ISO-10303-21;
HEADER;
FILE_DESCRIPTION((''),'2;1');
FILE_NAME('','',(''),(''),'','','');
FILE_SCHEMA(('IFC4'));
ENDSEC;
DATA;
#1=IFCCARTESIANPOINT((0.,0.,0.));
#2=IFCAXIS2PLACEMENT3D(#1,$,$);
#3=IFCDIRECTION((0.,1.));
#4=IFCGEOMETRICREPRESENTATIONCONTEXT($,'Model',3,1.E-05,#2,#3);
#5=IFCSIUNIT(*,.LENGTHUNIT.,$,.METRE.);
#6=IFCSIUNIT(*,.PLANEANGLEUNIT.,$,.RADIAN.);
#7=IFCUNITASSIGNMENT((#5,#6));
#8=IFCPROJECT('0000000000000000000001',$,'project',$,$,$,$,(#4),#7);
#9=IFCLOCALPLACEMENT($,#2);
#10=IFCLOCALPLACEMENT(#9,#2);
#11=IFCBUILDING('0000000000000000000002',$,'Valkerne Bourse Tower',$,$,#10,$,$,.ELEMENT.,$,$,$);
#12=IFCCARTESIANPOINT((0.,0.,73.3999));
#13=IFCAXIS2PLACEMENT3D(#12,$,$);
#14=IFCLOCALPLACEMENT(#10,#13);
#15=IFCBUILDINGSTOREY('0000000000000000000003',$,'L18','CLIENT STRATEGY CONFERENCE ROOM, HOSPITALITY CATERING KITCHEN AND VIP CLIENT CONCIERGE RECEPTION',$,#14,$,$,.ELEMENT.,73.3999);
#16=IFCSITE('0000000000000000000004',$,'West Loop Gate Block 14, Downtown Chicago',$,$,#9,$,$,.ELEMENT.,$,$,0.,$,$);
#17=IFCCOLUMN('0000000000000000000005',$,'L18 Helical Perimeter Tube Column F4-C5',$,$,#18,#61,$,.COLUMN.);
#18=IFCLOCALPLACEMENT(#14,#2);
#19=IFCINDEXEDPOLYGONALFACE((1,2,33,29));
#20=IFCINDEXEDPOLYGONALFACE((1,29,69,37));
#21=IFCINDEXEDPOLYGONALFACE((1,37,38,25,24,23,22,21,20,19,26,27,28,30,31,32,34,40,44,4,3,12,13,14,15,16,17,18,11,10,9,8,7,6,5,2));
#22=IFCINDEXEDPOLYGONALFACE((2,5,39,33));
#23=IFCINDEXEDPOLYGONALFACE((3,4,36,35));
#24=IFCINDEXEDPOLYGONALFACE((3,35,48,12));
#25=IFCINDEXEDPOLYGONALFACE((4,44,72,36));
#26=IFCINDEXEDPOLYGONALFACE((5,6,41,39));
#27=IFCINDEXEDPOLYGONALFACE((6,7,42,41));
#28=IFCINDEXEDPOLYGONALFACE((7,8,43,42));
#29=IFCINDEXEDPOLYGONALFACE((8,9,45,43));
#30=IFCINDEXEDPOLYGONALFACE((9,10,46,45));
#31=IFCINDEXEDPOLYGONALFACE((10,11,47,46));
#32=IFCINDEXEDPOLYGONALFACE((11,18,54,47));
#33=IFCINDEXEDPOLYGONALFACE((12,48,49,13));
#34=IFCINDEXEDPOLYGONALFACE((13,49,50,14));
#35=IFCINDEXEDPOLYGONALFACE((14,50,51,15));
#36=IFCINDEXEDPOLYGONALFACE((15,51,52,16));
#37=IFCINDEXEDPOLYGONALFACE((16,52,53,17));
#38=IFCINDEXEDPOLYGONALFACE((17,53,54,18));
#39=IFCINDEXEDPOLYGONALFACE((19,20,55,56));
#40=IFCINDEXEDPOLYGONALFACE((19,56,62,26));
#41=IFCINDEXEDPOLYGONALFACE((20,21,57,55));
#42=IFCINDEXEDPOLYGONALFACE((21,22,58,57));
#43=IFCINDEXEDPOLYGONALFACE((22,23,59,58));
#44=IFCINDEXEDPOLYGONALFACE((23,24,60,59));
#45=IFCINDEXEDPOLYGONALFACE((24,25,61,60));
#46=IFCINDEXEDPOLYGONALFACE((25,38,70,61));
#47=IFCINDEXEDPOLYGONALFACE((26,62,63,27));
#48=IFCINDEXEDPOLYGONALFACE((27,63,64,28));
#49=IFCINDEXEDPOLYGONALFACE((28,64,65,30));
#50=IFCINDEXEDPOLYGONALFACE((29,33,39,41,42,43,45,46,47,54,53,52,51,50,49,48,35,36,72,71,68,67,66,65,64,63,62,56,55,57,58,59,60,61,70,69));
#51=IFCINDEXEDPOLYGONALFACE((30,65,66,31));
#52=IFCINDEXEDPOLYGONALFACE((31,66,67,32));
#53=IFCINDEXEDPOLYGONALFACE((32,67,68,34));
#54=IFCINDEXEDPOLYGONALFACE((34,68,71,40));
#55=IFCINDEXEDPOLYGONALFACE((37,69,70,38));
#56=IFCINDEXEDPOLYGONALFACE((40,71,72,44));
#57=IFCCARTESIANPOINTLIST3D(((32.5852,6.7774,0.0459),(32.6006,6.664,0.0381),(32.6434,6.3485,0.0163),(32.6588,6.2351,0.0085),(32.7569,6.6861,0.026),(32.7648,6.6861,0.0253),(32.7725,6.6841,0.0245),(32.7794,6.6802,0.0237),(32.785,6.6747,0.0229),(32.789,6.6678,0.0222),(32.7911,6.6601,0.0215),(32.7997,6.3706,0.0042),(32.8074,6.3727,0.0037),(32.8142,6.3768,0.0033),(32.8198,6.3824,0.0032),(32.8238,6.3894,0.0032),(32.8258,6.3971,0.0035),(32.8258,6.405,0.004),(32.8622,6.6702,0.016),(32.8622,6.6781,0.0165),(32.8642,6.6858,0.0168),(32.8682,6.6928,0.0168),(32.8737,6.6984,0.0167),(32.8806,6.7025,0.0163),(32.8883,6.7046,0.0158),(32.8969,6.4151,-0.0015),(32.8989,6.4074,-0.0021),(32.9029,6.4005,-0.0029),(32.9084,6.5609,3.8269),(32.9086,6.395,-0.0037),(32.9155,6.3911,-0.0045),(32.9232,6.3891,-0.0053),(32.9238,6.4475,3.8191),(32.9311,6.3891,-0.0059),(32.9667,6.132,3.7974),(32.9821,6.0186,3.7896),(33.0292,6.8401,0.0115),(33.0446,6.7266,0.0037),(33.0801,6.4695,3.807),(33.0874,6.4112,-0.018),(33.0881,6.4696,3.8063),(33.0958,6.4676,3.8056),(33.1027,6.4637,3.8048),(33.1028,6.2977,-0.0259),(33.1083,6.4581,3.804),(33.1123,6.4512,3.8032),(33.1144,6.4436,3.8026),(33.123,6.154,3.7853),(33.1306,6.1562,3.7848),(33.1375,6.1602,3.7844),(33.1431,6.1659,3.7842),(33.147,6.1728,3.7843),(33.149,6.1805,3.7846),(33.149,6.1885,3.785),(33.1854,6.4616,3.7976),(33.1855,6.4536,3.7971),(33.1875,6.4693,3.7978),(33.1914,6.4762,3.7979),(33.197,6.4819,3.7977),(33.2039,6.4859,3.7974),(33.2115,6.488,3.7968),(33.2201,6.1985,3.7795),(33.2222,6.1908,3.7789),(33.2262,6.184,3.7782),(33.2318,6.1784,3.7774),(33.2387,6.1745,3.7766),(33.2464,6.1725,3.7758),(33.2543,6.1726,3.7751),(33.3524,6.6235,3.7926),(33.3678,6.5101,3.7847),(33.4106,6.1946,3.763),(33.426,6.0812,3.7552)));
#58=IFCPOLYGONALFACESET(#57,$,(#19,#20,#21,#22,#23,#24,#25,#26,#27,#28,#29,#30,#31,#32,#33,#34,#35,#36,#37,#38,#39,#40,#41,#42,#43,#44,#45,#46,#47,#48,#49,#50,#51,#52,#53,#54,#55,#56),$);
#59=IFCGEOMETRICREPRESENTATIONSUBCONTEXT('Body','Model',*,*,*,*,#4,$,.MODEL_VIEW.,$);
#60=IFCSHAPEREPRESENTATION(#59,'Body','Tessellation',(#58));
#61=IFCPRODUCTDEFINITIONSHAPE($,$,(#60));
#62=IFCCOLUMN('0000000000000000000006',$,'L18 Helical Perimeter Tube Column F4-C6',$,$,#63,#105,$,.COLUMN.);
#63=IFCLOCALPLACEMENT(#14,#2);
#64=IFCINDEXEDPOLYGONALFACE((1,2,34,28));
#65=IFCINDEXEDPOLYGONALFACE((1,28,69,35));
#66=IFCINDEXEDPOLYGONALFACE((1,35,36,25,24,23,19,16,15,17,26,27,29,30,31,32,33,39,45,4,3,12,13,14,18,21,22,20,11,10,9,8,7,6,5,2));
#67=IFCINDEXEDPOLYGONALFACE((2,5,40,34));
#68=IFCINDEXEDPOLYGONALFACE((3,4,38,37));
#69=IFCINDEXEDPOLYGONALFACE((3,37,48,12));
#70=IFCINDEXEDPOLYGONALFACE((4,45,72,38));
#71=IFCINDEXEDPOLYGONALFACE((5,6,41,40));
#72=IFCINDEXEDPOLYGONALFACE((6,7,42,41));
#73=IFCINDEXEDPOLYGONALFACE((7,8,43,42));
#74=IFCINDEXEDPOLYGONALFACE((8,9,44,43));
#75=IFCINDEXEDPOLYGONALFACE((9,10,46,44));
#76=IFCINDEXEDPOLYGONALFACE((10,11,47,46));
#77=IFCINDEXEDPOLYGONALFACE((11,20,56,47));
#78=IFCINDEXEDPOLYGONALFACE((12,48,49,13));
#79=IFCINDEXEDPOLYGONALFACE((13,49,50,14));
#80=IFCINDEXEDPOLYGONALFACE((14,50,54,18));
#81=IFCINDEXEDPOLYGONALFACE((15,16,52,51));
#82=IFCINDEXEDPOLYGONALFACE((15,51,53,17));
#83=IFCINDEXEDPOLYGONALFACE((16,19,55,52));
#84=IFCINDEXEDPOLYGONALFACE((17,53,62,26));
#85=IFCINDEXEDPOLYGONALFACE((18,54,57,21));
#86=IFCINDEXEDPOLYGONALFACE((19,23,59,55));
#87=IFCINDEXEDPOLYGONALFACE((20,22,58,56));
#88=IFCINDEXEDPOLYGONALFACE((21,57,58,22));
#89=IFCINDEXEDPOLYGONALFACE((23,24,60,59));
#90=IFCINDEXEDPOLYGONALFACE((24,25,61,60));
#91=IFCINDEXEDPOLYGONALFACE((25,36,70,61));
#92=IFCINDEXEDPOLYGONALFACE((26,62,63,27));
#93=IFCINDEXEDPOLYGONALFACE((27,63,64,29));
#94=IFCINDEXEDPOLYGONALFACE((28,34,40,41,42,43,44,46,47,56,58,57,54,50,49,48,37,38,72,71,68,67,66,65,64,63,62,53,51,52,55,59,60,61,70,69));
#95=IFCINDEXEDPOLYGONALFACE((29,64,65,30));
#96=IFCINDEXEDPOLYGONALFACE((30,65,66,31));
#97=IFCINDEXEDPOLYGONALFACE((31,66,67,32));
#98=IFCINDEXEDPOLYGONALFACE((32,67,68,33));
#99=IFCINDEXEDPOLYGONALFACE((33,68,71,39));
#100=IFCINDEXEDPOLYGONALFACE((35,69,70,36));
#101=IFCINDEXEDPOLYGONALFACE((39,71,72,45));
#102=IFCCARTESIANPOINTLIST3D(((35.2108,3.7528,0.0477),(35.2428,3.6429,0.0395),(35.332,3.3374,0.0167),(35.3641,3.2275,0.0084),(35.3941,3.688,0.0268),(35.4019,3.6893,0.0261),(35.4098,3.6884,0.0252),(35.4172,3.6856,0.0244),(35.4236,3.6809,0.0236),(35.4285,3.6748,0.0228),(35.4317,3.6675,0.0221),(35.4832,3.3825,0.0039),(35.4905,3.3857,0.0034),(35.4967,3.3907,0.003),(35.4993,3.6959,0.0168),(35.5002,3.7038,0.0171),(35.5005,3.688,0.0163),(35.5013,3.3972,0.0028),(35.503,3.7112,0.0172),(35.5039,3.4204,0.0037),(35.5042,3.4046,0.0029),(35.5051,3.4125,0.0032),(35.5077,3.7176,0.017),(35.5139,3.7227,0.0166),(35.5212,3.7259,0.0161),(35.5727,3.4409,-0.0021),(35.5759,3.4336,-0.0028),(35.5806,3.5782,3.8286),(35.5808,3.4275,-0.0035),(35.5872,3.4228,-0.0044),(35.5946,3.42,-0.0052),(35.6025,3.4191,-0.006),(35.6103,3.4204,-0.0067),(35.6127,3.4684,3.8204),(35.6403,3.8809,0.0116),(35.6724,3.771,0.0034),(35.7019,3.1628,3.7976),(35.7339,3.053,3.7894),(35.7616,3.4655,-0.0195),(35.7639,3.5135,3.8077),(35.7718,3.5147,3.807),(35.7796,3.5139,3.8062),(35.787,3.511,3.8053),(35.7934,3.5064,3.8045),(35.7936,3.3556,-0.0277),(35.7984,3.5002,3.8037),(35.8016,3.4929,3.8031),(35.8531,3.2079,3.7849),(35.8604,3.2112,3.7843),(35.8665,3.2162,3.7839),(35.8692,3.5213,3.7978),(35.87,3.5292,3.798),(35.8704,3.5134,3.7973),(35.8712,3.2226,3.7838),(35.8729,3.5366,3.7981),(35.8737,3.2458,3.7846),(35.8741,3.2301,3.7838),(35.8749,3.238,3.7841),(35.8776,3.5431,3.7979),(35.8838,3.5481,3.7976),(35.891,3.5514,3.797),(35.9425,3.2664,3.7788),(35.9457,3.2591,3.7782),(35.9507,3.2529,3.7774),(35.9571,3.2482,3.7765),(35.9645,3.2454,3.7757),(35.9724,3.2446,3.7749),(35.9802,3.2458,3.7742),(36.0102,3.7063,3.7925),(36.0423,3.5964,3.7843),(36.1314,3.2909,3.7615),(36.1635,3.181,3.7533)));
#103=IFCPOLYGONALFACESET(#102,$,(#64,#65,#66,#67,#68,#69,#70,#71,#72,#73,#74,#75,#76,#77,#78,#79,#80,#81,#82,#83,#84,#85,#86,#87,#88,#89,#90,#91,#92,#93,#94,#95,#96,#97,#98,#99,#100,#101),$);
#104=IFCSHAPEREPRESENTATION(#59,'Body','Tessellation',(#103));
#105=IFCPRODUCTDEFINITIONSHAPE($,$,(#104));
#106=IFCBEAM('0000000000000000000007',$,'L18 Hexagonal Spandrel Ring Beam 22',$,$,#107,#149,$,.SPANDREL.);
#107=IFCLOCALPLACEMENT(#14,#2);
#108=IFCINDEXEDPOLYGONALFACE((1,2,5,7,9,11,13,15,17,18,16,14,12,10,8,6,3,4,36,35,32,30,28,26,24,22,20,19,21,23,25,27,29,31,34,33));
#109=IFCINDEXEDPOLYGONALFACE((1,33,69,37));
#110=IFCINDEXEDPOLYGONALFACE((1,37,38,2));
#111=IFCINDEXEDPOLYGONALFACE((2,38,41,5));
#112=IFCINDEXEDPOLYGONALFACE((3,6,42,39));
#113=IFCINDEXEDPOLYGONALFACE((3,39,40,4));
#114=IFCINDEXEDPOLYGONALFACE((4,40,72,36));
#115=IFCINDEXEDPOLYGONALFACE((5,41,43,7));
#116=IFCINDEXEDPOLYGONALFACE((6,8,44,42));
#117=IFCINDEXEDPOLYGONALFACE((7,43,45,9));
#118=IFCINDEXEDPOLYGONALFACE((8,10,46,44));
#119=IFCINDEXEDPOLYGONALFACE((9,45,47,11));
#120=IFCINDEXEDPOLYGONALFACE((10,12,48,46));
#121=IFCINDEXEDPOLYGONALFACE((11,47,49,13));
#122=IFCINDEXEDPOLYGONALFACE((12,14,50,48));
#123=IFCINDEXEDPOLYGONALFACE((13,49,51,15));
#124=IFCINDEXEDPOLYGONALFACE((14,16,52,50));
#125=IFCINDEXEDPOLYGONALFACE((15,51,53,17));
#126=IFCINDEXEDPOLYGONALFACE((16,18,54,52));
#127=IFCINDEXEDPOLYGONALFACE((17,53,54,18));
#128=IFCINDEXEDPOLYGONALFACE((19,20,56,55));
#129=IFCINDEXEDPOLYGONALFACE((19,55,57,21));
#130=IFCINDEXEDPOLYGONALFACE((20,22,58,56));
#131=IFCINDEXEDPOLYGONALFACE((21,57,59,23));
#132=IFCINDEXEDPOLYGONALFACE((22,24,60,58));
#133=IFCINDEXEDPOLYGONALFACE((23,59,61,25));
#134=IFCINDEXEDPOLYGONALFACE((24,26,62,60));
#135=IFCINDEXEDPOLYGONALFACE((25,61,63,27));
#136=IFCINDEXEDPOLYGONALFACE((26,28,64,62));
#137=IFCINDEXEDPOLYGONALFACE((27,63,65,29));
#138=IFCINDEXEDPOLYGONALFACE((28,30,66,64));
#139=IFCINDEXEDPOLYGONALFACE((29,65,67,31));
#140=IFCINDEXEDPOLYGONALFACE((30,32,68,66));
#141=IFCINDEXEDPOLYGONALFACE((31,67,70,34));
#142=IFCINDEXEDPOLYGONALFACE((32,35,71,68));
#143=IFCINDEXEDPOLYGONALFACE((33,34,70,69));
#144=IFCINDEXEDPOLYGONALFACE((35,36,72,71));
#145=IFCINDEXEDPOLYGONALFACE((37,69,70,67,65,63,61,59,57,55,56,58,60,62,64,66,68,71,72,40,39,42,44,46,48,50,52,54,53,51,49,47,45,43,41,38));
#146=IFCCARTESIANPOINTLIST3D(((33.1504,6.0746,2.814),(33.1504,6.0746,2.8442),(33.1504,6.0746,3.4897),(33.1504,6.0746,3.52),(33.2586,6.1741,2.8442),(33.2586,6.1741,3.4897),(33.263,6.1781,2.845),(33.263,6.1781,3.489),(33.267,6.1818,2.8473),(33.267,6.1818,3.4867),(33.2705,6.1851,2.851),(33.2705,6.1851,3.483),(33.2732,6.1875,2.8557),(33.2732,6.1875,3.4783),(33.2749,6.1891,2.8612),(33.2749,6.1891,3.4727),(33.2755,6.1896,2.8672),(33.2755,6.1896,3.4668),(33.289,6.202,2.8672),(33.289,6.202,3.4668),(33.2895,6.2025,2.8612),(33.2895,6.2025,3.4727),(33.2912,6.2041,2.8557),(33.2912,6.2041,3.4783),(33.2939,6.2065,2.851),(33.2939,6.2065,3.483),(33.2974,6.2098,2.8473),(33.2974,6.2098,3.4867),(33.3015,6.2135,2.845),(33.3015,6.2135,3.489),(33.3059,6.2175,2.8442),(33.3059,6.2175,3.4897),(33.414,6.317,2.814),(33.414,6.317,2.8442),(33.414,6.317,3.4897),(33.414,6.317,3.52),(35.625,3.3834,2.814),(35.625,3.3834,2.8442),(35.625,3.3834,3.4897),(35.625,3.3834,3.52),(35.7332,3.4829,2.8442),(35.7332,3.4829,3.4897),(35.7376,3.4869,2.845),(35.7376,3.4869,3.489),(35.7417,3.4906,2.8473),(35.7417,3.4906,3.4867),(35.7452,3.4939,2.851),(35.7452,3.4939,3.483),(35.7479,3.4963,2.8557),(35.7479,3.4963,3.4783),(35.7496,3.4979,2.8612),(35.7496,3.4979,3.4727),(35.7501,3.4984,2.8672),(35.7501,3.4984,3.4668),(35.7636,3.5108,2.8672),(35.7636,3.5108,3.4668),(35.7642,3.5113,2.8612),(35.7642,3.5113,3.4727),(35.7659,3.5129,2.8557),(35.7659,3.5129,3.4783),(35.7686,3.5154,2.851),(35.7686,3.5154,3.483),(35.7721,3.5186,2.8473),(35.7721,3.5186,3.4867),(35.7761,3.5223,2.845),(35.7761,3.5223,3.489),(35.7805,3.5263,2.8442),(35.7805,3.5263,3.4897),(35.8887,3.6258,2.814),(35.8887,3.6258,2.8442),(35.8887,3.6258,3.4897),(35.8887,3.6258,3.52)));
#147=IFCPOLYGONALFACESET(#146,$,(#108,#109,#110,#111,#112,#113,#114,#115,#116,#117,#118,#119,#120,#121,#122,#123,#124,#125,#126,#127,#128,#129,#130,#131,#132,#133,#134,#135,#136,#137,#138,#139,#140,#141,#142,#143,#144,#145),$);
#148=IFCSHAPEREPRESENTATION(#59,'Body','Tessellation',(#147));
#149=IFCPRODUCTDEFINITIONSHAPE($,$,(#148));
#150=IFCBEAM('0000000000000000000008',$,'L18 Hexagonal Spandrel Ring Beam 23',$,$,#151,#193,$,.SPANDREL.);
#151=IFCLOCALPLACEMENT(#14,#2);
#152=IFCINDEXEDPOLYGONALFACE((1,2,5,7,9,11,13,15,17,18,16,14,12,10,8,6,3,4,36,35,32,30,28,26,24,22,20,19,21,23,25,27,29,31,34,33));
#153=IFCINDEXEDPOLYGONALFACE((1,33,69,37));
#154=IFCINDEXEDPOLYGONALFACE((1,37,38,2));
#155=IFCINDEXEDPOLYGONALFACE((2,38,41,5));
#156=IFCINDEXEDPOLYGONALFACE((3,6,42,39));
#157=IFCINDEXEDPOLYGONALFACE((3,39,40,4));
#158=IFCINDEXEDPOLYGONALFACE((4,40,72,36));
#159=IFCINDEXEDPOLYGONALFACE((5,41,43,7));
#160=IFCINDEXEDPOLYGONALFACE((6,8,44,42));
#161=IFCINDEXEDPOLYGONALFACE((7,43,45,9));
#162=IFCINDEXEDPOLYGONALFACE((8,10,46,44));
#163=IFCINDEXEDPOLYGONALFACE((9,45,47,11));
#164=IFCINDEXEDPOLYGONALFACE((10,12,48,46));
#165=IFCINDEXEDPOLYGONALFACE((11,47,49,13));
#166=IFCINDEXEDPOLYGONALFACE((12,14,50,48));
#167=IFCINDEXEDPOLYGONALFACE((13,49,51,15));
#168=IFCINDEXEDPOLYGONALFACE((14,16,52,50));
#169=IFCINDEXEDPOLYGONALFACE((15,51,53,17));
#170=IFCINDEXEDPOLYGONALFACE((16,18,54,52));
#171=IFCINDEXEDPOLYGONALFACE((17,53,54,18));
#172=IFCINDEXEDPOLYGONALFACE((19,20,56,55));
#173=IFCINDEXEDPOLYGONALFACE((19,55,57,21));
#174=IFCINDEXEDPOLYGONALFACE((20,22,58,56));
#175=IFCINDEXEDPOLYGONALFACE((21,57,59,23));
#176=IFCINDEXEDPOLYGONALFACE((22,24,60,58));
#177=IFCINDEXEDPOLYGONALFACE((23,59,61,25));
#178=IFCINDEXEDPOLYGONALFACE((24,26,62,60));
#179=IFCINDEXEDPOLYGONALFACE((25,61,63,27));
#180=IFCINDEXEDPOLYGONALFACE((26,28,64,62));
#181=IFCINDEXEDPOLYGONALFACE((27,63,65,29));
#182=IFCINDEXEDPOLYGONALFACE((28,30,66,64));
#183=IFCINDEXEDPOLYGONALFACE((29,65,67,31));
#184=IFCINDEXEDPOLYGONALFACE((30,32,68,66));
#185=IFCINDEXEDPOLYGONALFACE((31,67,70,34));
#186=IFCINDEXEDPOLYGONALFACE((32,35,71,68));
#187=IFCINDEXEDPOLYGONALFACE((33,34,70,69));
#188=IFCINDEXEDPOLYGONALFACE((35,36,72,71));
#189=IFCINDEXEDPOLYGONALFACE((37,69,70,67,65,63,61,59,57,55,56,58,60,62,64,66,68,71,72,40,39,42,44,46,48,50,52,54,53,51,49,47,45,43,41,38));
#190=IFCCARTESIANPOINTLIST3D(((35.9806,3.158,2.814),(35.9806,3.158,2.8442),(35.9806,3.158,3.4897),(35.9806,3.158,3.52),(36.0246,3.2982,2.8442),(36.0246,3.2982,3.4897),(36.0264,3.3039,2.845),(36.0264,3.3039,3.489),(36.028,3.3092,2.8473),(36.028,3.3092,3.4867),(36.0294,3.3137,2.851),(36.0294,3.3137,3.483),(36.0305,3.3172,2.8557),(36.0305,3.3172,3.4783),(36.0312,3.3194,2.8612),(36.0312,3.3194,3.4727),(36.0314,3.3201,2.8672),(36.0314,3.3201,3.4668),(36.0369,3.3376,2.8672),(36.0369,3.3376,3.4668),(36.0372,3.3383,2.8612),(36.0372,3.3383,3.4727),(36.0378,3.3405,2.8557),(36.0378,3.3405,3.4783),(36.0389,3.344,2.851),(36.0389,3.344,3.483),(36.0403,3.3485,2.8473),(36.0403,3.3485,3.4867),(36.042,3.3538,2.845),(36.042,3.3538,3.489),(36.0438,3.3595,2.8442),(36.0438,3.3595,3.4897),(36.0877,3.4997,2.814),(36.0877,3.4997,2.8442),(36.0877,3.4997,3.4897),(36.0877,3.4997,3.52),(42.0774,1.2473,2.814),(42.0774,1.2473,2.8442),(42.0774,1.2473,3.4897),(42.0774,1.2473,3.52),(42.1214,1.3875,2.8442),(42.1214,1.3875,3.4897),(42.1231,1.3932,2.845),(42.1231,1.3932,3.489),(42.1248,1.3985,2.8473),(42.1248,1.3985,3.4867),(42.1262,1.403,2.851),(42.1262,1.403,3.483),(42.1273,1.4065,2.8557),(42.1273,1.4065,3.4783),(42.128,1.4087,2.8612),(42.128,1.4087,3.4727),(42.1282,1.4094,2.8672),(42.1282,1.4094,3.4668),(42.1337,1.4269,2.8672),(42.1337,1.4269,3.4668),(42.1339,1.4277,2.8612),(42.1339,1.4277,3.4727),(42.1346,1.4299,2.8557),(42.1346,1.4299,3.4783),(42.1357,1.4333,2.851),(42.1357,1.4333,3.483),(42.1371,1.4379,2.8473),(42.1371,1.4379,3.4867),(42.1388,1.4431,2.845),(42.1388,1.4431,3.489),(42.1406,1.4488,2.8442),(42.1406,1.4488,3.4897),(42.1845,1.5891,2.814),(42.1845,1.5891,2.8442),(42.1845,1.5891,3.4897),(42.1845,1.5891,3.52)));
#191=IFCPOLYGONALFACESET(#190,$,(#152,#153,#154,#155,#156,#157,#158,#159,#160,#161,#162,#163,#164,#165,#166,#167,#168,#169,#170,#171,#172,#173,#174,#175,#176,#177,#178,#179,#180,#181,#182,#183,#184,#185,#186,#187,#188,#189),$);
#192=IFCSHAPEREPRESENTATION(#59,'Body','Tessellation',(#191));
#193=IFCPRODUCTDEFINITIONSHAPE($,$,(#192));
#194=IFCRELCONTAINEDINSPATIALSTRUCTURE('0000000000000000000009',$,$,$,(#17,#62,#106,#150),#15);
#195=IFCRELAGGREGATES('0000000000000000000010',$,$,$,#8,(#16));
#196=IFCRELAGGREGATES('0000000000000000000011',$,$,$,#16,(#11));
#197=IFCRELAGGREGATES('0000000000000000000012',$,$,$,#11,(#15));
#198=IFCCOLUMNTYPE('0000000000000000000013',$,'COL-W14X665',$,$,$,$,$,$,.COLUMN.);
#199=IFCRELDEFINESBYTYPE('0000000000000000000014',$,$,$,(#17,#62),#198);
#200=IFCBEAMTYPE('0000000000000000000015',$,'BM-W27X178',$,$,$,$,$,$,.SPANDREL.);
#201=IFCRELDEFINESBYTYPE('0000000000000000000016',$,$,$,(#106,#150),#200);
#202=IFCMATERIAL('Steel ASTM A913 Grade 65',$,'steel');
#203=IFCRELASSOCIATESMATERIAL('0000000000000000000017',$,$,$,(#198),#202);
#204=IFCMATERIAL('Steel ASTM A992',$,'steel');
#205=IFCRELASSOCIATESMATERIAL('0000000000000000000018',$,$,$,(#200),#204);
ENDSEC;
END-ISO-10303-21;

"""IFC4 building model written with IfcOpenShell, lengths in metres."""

from ifc_helpers import new_model, si_unit, direction, frame, origin, origin_2d, place, context, subcontext, project, spatial, i_section, extrude, material, material_profile, profile_set, type_object, element, save


model = new_model("IFC4")

# Units and contexts
model_context = context("Model", 3, precision=1e-05, world=origin(), true_north=direction((0.0, 1.0)))
body_context = subcontext(model_context, "Body", "Model", "MODEL_VIEW")
ifc_project = project(units=[si_unit("LENGTHUNIT", "METRE"), si_unit("PLANEANGLEUNIT", "RADIAN")], contexts=[model_context])

# Site, building, storey
site_placement = place(None, origin())
site = spatial("IfcSite", under=ifc_project, at=site_placement, Name="West Loop Gate Block 14, Downtown Chicago", CompositionType="ELEMENT", RefElevation=0.0)
building_placement = place(site_placement, origin())
building = spatial("IfcBuilding", under=site, at=building_placement, Name="Valkerne Bourse Tower", CompositionType="ELEMENT")
storey_placement = place(building_placement, frame((0.0, 0.0, 73.3999)))
storey = spatial("IfcBuildingStorey", under=building, at=storey_placement, Name="L18", Description="CLIENT STRATEGY CONFERENCE ROOM, HOSPITALITY CATERING KITCHEN AND VIP CLIENT CONCIERGE RECEPTION", CompositionType="ELEMENT", Elevation=73.3999)

# Columns
ifc_material_1 = material(Name="Steel ASTM A913 Grade 65", Category="steel")
ifc_material_profile_1 = material_profile(ifc_material_1, i_section(OverallWidth=0.4497, OverallDepth=0.5486, WebThickness=0.072, FlangeThickness=0.1147, FilletRadius=0.0305, at=origin_2d()), Name="W14X665")
ifc_profile_set_1 = profile_set([ifc_material_profile_1], Name="Steel ASTM A913 Grade 65")
column_type = type_object("IfcColumnType", Name="COL-W14X665", PredefinedType="COLUMN", material=ifc_profile_set_1)
column_1_placement = place(storey_placement, frame((32.844, 6.5376, 0.01), z_axis=(0.085042, -0.056973, 0.994747), x_axis=(0.987298, 0.139287, -0.076428)))
element("IfcColumn", 1, at=column_1_placement, inside=storey, type_object=column_type, Name="L18 Helical Perimeter Tube Column F4-C5", PredefinedType="COLUMN", context=body_context, shape_type="SweptSolid", body=[
    extrude(i_section(OverallWidth=0.4497, OverallDepth=0.5486, WebThickness=0.072, FlangeThickness=0.1147, FilletRadius=0.0305, at=origin_2d()), origin(), (0.0, 0.0, 1.0), 3.801),
])
column_2_placement = place(storey_placement, frame((35.5022, 3.5542, 0.01), z_axis=(0.097257, -0.0459, 0.9942), x_axis=(0.955224, 0.284778, -0.080296)))
element("IfcColumn", 2, at=column_2_placement, inside=storey, type_object=column_type, Name="L18 Helical Perimeter Tube Column F4-C6", PredefinedType="COLUMN", context=body_context, shape_type="SweptSolid", body=[
    extrude(i_section(OverallWidth=0.4497, OverallDepth=0.5486, WebThickness=0.072, FlangeThickness=0.1147, FilletRadius=0.0305, at=origin_2d()), origin(), (0.0, 0.0, 1.0), 3.803),
])

# Beams
ifc_material_2 = material(Name="Steel ASTM A992", Category="steel")
ifc_material_profile_2 = material_profile(ifc_material_2, i_section(OverallWidth=0.3582, OverallDepth=0.7061, WebThickness=0.0183, FlangeThickness=0.0303, FilletRadius=0.0229, at=origin_2d()), Name="W27X178")
ifc_profile_set_2 = profile_set([ifc_material_profile_2], Name="Steel ASTM A992")
beam_type_1 = type_object("IfcBeamType", Name="BM-W27X178", PredefinedType="SPANDREL", material=ifc_profile_set_2)
beam_1_placement = place(storey_placement, frame((33.2822, 6.1958, 3.167), z_axis=(0.67687, -0.736103, 0.0), x_axis=(0.736103, 0.67687, 0.0)))
element("IfcBeam", 3, at=beam_1_placement, inside=storey, type_object=beam_type_1, Name="L18 Hexagonal Spandrel Ring Beam 22", PredefinedType="SPANDREL", context=body_context, shape_type="SweptSolid", body=[
    extrude(i_section(OverallWidth=0.3582, OverallDepth=0.7061, WebThickness=0.0183, FlangeThickness=0.0303, FilletRadius=0.0229, at=origin_2d()), origin(), (0.0, 0.0, 1.0), 3.656),
])
beam_2_placement = place(storey_placement, frame((36.0342, 3.3289, 3.167), z_axis=(0.954238, -0.299049, 0.0), x_axis=(0.299049, 0.954238, 0.0)))
element("IfcBeam", 4, at=beam_2_placement, inside=storey, type_object=beam_type_1, Name="L18 Hexagonal Spandrel Ring Beam 23", PredefinedType="SPANDREL", context=body_context, shape_type="SweptSolid", body=[
    extrude(i_section(OverallWidth=0.3582, OverallDepth=0.7061, WebThickness=0.0183, FlangeThickness=0.0303, FilletRadius=0.0229, at=origin_2d()), origin(), (0.0, 0.0, 1.0), 6.3892),
])

save(model, "model.ifc")
